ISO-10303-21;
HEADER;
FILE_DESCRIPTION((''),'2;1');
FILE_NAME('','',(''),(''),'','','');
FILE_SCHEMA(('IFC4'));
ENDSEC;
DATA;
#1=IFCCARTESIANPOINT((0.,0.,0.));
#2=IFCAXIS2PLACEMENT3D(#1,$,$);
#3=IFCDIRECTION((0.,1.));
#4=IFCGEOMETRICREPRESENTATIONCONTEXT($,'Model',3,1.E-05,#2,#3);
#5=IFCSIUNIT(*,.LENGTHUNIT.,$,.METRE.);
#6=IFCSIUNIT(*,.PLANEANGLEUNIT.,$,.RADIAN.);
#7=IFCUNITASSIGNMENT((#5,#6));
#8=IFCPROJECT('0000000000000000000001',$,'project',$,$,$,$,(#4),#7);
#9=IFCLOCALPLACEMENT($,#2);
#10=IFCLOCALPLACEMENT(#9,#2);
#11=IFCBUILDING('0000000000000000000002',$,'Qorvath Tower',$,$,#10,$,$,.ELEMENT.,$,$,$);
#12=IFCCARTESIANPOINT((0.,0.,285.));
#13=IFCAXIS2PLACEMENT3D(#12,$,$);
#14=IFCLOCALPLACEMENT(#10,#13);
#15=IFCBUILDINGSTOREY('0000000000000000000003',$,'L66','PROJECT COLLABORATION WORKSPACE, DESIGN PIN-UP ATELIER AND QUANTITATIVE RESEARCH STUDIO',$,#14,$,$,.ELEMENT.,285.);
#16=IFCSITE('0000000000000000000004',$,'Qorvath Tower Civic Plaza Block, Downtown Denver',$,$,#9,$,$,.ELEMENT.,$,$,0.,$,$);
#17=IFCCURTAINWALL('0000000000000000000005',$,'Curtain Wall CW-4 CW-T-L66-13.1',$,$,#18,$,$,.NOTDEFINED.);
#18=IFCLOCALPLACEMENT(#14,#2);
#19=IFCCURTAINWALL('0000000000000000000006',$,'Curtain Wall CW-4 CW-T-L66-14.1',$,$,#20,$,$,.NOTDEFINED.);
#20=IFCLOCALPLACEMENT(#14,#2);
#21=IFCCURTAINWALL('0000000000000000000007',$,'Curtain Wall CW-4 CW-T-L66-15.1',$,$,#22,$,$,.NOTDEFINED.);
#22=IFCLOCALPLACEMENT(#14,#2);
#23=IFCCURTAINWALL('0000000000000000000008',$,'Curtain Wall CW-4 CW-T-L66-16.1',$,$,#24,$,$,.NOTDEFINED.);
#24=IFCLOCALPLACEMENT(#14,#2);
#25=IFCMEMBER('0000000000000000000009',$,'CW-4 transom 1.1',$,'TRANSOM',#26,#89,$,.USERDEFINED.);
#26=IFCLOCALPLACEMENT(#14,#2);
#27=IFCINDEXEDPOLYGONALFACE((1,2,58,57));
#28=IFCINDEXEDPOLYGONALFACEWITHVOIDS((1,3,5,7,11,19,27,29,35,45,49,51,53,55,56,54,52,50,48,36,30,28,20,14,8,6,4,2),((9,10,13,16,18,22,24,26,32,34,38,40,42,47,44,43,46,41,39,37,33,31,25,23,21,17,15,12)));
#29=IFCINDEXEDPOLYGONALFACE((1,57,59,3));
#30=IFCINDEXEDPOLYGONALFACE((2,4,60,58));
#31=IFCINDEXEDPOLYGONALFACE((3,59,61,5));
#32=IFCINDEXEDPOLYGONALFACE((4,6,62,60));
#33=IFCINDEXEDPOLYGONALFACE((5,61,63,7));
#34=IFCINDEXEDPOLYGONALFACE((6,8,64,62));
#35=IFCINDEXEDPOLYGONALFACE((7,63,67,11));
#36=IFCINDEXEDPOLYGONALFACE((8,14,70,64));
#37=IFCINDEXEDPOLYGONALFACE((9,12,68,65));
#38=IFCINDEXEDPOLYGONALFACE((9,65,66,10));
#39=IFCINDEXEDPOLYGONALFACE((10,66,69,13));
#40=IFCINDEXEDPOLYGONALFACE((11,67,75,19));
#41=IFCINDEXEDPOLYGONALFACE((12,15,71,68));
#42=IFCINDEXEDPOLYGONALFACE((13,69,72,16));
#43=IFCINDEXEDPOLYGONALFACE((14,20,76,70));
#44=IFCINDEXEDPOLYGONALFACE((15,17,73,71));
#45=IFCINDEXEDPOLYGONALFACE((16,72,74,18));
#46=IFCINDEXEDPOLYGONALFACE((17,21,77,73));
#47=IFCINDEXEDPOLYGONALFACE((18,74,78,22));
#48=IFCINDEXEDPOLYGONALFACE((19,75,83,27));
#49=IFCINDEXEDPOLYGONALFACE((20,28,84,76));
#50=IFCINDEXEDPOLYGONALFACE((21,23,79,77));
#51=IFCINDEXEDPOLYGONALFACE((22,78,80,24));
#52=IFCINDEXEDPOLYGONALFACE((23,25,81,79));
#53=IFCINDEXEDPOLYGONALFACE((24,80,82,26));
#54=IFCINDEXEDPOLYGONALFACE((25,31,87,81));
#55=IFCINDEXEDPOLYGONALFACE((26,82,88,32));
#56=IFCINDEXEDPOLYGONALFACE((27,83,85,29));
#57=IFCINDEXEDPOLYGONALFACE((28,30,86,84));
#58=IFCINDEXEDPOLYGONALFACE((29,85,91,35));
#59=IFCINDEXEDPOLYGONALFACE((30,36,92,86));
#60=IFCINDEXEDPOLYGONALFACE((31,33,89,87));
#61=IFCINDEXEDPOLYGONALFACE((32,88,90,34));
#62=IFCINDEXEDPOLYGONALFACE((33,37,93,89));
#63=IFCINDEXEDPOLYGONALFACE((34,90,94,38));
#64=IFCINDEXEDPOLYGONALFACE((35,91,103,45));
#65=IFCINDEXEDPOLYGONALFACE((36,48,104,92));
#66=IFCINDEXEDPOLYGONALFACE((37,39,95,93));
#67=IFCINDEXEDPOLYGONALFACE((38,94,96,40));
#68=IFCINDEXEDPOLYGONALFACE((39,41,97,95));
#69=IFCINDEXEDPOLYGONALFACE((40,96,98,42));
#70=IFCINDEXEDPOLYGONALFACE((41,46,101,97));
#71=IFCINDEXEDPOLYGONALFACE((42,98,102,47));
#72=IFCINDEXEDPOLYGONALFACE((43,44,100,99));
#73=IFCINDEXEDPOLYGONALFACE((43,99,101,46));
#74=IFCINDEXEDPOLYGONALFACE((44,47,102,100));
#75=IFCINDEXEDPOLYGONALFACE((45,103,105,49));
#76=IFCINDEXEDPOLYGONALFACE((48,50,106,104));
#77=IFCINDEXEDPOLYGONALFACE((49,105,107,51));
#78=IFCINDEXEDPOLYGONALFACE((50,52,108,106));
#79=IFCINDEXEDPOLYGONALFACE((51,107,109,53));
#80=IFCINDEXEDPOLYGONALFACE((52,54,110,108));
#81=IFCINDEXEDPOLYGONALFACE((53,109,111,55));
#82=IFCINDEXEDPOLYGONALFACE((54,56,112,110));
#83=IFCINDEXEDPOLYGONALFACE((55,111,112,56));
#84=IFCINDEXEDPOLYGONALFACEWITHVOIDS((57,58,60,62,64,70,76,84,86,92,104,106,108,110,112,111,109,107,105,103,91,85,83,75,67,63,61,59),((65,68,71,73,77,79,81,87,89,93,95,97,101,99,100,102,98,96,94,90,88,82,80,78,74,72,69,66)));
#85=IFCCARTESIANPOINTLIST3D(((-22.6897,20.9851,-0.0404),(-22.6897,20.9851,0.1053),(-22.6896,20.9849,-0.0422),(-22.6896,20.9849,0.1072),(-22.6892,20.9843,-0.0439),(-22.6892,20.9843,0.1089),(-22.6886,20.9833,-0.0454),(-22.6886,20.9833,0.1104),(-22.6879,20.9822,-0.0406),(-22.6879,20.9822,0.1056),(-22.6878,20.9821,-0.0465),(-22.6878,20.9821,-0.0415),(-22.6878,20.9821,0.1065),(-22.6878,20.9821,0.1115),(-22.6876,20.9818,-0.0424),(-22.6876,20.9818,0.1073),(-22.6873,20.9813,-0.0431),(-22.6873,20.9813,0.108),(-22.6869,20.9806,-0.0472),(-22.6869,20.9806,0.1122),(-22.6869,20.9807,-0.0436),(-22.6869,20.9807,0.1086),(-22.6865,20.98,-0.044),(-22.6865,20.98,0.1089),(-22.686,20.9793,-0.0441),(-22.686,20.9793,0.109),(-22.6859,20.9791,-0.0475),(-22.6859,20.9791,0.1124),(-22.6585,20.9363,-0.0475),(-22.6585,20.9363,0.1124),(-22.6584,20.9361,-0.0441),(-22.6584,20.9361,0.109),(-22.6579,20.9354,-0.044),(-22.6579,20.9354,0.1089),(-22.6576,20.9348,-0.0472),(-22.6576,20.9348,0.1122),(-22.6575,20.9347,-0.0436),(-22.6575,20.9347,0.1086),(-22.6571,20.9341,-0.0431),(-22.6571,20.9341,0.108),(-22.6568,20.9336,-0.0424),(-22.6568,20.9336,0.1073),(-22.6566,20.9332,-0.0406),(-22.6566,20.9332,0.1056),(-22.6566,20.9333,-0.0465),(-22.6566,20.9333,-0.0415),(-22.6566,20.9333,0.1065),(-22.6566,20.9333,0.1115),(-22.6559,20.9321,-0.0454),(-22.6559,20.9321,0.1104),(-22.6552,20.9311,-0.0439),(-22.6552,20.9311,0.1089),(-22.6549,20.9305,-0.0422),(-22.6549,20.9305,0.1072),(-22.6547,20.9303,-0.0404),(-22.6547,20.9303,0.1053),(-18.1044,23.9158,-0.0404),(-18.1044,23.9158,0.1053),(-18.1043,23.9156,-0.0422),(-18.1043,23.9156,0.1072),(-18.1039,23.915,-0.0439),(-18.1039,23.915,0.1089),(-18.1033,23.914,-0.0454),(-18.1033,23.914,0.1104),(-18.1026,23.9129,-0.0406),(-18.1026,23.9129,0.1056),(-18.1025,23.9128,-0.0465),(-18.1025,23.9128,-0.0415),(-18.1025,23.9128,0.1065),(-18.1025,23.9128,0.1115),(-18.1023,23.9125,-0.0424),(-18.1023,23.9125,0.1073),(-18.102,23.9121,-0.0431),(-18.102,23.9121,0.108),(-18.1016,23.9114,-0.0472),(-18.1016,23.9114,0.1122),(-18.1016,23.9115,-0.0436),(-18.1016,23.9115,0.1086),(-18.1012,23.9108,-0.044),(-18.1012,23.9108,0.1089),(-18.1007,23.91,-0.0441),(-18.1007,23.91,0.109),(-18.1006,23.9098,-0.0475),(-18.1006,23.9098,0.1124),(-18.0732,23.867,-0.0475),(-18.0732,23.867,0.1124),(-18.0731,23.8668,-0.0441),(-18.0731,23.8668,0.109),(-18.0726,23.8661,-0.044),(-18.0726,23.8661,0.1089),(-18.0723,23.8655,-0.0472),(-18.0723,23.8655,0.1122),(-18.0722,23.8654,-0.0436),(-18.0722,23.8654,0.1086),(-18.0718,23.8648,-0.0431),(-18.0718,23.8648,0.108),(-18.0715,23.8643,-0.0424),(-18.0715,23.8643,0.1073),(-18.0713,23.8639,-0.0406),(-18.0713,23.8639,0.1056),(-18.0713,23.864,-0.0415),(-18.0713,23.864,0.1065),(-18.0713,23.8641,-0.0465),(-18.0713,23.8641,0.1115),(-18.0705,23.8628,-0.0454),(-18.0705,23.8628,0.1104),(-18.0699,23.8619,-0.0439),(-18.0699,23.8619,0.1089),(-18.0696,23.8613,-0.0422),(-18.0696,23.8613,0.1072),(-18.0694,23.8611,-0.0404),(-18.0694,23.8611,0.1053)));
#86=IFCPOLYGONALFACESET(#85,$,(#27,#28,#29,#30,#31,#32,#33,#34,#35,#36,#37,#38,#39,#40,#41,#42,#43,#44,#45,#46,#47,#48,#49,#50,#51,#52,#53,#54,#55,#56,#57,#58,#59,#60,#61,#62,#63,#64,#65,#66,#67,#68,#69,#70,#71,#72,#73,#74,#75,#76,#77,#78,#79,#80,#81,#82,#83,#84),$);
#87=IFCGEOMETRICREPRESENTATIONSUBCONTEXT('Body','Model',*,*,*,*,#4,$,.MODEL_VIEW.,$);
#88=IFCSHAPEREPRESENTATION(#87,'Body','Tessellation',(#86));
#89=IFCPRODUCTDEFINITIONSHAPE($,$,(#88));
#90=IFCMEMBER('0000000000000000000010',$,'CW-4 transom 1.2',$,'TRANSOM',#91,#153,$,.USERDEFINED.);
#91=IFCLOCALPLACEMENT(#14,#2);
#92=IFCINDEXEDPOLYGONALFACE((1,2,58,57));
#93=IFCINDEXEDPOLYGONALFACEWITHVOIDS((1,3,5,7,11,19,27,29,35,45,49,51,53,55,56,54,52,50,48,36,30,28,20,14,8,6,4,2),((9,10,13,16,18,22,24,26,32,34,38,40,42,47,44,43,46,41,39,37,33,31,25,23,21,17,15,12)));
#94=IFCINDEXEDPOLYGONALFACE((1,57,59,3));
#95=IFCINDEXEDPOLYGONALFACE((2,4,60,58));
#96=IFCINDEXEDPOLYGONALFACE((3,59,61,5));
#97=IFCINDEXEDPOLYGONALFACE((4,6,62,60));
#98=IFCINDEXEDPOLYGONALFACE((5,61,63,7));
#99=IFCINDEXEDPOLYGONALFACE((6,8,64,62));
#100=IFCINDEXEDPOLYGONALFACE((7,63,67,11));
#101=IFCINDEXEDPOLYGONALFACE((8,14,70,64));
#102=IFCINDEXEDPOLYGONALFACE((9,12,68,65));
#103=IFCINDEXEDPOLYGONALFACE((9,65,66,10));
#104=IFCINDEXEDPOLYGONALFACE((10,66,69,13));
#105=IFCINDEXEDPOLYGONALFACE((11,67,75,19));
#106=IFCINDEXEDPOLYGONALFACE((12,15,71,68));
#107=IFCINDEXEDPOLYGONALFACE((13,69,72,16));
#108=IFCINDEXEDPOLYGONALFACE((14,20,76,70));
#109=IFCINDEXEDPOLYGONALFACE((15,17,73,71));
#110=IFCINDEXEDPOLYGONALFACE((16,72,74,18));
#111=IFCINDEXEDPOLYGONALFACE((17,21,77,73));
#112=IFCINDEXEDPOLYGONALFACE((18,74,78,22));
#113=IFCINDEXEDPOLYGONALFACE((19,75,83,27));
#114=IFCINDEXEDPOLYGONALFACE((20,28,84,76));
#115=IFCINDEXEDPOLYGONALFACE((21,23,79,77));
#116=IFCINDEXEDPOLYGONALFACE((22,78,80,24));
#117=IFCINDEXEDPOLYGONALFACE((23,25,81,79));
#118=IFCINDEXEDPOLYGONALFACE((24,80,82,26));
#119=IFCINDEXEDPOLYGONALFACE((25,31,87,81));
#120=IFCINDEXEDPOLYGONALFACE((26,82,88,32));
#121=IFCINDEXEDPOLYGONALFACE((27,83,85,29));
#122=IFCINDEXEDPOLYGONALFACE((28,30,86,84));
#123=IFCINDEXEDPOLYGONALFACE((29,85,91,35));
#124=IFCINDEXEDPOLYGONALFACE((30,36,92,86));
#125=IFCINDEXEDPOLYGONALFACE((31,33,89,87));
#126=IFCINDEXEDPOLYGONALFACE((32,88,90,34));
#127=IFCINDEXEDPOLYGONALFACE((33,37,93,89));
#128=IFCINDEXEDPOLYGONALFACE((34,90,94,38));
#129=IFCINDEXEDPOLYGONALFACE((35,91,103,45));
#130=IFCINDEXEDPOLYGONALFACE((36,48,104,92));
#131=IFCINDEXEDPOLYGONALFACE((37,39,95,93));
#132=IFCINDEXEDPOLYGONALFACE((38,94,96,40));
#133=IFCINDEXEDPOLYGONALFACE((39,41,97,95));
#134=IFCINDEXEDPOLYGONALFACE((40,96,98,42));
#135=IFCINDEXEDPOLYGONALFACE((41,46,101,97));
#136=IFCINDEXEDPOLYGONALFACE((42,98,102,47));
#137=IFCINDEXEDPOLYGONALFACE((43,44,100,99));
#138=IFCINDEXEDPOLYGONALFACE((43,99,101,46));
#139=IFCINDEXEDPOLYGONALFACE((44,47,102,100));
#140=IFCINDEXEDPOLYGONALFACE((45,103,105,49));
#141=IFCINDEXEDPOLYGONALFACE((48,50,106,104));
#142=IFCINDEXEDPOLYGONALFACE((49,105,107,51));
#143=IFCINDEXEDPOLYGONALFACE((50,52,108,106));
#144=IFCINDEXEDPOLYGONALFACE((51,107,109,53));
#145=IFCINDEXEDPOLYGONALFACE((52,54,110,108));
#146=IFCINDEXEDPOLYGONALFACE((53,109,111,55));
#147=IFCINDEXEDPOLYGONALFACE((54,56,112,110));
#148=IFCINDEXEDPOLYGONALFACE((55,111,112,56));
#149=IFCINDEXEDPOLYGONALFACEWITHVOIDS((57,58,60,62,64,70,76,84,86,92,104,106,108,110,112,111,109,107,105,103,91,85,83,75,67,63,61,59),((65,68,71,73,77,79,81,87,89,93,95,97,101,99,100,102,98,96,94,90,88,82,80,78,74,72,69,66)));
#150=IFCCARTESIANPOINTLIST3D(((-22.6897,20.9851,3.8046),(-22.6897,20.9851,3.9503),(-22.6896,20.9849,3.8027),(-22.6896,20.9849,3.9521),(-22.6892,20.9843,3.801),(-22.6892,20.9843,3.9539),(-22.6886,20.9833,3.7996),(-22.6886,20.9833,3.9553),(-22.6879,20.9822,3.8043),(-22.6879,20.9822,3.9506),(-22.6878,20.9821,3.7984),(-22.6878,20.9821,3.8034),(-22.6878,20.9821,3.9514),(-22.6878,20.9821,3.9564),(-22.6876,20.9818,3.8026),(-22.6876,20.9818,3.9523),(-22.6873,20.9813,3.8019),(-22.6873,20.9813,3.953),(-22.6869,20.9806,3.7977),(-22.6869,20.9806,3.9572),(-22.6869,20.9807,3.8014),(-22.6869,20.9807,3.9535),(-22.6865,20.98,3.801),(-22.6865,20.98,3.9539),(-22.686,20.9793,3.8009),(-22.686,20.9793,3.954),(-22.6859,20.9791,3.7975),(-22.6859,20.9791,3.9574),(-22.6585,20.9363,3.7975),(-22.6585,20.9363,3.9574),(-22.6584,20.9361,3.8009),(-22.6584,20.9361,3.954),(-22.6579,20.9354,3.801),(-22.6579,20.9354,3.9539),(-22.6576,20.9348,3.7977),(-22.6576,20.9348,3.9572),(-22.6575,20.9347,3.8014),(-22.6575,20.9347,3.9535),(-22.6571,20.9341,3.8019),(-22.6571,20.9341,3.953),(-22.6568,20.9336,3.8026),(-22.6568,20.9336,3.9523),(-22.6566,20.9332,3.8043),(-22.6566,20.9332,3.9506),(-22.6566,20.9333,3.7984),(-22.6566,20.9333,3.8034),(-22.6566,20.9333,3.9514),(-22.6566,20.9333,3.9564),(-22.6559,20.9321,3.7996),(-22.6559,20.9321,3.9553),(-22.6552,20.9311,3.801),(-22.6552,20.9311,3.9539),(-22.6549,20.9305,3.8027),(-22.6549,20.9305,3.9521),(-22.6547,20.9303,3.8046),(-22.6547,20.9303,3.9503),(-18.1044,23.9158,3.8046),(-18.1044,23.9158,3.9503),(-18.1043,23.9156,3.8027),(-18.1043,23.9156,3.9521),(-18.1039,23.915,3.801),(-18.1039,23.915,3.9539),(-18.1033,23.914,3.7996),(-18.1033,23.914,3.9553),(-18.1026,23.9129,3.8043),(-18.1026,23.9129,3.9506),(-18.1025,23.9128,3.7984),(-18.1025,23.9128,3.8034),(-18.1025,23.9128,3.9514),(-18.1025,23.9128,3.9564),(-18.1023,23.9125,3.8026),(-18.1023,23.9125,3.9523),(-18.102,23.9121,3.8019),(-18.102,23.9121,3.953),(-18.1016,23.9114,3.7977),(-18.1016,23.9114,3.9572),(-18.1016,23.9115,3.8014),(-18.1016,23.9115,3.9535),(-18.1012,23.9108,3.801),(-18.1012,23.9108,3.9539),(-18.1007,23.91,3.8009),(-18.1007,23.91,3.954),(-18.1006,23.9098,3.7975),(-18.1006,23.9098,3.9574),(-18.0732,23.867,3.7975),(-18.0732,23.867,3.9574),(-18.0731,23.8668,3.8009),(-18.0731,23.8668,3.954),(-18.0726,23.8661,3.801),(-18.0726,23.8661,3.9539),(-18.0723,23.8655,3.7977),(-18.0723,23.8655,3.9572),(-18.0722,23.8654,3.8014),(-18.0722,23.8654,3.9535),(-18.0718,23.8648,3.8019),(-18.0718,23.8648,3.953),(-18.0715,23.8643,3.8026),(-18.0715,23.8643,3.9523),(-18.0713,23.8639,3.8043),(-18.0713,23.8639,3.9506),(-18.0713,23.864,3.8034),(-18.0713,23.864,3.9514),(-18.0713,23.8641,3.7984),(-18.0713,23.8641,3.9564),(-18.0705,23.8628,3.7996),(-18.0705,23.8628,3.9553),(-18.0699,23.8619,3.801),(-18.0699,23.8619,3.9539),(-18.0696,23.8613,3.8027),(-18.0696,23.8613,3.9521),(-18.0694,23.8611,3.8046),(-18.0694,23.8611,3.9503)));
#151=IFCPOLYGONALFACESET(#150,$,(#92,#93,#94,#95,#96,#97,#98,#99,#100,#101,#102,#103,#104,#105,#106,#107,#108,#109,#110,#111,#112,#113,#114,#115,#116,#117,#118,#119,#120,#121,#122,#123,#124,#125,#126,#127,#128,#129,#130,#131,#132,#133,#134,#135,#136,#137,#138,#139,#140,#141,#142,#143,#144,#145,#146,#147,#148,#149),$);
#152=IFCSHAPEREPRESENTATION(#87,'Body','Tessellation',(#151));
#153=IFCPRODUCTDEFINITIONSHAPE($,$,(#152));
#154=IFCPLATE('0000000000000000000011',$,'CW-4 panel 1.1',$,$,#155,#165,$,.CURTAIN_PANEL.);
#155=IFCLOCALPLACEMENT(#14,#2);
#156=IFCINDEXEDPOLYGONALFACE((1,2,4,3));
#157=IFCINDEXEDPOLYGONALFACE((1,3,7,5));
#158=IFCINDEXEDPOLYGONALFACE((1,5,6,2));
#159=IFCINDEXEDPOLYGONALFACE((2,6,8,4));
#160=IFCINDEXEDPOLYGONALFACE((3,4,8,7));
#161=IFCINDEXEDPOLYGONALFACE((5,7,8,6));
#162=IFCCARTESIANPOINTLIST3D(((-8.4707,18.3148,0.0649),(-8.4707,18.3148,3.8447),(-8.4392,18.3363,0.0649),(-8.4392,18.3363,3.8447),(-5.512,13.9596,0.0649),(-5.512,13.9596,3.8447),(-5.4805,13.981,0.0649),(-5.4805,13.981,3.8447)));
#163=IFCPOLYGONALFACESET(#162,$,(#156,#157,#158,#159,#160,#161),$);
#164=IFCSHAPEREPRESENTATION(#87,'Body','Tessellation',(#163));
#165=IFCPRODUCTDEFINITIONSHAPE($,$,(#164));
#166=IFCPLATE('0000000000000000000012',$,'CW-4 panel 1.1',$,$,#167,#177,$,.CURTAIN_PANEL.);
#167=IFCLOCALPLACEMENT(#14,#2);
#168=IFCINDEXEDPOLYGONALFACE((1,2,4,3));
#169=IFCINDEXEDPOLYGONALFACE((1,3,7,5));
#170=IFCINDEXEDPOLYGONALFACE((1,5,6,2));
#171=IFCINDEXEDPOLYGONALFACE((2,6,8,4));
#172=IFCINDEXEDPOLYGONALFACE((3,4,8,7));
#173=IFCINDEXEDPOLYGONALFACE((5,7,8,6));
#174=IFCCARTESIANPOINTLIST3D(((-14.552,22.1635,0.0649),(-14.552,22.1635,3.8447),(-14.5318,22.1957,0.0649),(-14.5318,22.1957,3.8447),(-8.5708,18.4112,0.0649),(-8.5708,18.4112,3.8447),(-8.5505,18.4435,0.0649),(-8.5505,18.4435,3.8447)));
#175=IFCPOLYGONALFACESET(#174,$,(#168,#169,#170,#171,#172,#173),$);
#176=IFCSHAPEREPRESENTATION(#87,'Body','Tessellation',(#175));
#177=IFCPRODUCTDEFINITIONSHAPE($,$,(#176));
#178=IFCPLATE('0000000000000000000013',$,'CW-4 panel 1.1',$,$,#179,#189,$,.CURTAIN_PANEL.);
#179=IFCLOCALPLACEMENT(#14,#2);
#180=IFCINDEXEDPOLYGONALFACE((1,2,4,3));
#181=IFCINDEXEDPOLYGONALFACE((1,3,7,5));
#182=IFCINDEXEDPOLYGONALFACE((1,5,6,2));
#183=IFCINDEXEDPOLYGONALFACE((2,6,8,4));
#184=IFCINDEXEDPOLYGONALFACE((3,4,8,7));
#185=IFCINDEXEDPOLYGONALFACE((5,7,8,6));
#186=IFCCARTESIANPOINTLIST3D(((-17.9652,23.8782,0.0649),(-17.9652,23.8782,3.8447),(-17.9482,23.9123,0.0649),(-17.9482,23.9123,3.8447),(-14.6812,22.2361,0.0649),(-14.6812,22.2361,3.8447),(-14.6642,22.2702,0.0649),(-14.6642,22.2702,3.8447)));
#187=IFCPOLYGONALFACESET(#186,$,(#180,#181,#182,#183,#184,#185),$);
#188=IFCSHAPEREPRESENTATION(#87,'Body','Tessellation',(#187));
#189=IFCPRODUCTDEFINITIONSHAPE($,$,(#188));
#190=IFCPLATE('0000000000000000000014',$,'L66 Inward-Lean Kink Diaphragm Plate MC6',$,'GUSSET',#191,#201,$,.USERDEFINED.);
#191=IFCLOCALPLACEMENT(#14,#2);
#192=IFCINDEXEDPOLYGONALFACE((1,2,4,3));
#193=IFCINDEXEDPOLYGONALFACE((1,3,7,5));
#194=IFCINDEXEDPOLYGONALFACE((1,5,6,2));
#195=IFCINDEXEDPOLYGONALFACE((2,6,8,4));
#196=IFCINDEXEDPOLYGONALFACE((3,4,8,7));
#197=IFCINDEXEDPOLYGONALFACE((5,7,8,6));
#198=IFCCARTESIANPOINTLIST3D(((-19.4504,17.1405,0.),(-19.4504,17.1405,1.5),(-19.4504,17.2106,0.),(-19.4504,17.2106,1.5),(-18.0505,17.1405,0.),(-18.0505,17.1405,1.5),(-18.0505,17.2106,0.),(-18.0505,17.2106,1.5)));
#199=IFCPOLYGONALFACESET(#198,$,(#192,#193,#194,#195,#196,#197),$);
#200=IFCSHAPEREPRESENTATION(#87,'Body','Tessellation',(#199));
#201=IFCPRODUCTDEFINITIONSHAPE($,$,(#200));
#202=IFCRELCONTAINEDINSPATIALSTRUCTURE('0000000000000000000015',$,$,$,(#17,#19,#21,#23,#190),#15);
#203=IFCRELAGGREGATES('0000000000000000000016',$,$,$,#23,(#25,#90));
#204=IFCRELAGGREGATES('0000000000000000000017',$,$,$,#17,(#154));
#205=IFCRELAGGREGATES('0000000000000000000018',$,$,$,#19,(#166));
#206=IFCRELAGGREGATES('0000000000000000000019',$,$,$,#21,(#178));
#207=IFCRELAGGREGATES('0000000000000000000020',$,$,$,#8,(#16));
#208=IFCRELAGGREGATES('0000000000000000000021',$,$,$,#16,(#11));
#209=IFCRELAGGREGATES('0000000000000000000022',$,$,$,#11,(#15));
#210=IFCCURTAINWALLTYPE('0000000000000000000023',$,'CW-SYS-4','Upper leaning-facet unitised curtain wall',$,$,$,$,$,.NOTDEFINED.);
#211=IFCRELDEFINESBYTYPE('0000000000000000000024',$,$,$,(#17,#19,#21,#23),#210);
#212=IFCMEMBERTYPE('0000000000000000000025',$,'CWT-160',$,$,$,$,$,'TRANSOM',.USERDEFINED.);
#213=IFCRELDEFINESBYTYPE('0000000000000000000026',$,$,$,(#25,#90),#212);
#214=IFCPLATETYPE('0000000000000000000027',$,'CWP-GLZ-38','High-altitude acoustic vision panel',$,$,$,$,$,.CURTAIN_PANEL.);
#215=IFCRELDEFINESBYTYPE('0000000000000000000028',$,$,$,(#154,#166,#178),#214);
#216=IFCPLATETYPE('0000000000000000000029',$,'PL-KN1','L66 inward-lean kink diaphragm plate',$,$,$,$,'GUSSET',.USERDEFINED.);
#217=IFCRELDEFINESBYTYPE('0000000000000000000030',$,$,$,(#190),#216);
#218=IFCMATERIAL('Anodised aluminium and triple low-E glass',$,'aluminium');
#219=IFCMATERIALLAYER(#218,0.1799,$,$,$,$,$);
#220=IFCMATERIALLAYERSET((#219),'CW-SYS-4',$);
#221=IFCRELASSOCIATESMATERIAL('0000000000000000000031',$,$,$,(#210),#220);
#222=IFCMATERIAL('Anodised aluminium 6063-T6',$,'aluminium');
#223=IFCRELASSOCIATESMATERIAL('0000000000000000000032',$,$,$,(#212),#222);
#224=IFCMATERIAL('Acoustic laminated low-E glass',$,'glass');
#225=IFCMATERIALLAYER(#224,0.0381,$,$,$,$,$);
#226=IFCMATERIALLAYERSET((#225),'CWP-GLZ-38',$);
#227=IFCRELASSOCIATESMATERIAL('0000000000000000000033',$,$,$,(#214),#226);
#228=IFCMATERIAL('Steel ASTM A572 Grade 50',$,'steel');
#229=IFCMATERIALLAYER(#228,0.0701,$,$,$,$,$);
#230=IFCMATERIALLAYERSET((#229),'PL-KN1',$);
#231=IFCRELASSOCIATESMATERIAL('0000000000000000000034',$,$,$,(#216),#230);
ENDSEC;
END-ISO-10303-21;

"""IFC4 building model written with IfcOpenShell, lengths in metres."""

from ifc_helpers import new_model, si_unit, direction, frame, origin, origin_2d, place, context, subcontext, project, spatial, rectangle, hollow_rectangle, extrude, material, layer, layer_set, material_profile, profile_set, type_object, element, aggregate, save


model = new_model("IFC4")

# Units and contexts
model_context = context("Model", 3, precision=1e-05, world=origin(), true_north=direction((0.0, 1.0)))
body_context = subcontext(model_context, "Body", "Model", "MODEL_VIEW")
ifc_project = project(units=[si_unit("LENGTHUNIT", "METRE"), si_unit("PLANEANGLEUNIT", "RADIAN")], contexts=[model_context])

# Site, building, storey
site_placement = place(None, origin())
site = spatial("IfcSite", under=ifc_project, at=site_placement, Name="Qorvath Tower Civic Plaza Block, Downtown Denver", CompositionType="ELEMENT", RefElevation=0.0)
building_placement = place(site_placement, origin())
building = spatial("IfcBuilding", under=site, at=building_placement, Name="Qorvath Tower", CompositionType="ELEMENT")
storey_placement = place(building_placement, frame((0.0, 0.0, 285.0)))
storey = spatial("IfcBuildingStorey", under=building, at=storey_placement, Name="L66", Description="PROJECT COLLABORATION WORKSPACE, DESIGN PIN-UP ATELIER AND QUANTITATIVE RESEARCH STUDIO", CompositionType="ELEMENT", Elevation=285.0)

# Shared definitions
ifc_material_1 = material(Name="Anodised aluminium and triple low-E glass", Category="aluminium")
ifc_layer_1 = layer(ifc_material_1, 0.1799)
ifc_layer_set_1 = layer_set([ifc_layer_1], Name="CW-SYS-4")
curtain_wall_type = type_object("IfcCurtainWallType", Name="CW-SYS-4", Description="Upper leaning-facet unitised curtain wall", PredefinedType="NOTDEFINED", material=ifc_layer_set_1)

# Curtain walls
curtain_wall_1_placement = place(storey_placement, origin())
curtain_wall_1 = element("IfcCurtainWall", 1, at=curtain_wall_1_placement, inside=storey, type_object=curtain_wall_type, Name="Curtain Wall CW-4 CW-T-L66-13.1", PredefinedType="NOTDEFINED")
curtain_wall_2_placement = place(storey_placement, origin())
curtain_wall_2 = element("IfcCurtainWall", 2, at=curtain_wall_2_placement, inside=storey, type_object=curtain_wall_type, Name="Curtain Wall CW-4 CW-T-L66-14.1", PredefinedType="NOTDEFINED")
curtain_wall_3_placement = place(storey_placement, origin())
curtain_wall_3 = element("IfcCurtainWall", 3, at=curtain_wall_3_placement, inside=storey, type_object=curtain_wall_type, Name="Curtain Wall CW-4 CW-T-L66-15.1", PredefinedType="NOTDEFINED")

# Curtain wall
curtain_wall_4_placement = place(storey_placement, origin())
curtain_wall_4 = element("IfcCurtainWall", 4, at=curtain_wall_4_placement, inside=storey, type_object=curtain_wall_type, Name="Curtain Wall CW-4 CW-T-L66-16.1", PredefinedType="NOTDEFINED")

# Members
ifc_material_2 = material(Name="Anodised aluminium 6063-T6", Category="aluminium")
ifc_material_profile_1 = material_profile(ifc_material_2, hollow_rectangle(XDim=0.0649, YDim=0.1599, WallThickness=0.0034, InnerFilletRadius=0.0034, OuterFilletRadius=0.0071, at=origin_2d()), Name="CWT 160x65")
ifc_profile_set_1 = profile_set([ifc_material_profile_1], Name="Anodised aluminium 6063-T6")
member_type_1 = type_object("IfcMemberType", Name="CWT-160", ElementType="TRANSOM", PredefinedType="USERDEFINED", material=ifc_profile_set_1)
member_1_placement = place(storey_placement, frame((-18.0869, 23.8884, 0.0325), z_axis=(-0.842594, -0.538549, 0.0), x_axis=(0.538549, -0.842594, 0.0)))
member_1 = element("IfcMember", 5, at=member_1_placement, type_object=member_type_1, Name="CW-4 transom 1.1", ObjectType="TRANSOM", PredefinedType="USERDEFINED", context=body_context, shape_type="SweptSolid", body=[
    extrude(hollow_rectangle(XDim=0.0649, YDim=0.1599, WallThickness=0.0034, InnerFilletRadius=0.0034, OuterFilletRadius=0.0071, at=origin_2d()), origin(), (0.0, 0.0, 1.0), 5.4419),
])
member_2_placement = place(storey_placement, frame((-18.0869, 23.8884, 3.8774), z_axis=(-0.842594, -0.538549, 0.0), x_axis=(0.538549, -0.842594, 0.0)))
member_2 = element("IfcMember", 6, at=member_2_placement, type_object=member_type_1, Name="CW-4 transom 1.2", ObjectType="TRANSOM", PredefinedType="USERDEFINED", context=body_context, shape_type="SweptSolid", body=[
    extrude(hollow_rectangle(XDim=0.0649, YDim=0.1599, WallThickness=0.0034, InnerFilletRadius=0.0034, OuterFilletRadius=0.0071, at=origin_2d()), origin(), (0.0, 0.0, 1.0), 5.4419),
])
aggregate(curtain_wall_4, [member_1, member_2])

# Plates
ifc_material_3 = material(Name="Acoustic laminated low-E glass", Category="glass")
ifc_layer_2 = layer(ifc_material_3, 0.0381)
ifc_layer_set_2 = layer_set([ifc_layer_2], Name="CWP-GLZ-38")
plate_type_1 = type_object("IfcPlateType", Name="CWP-GLZ-38", Description="High-altitude acoustic vision panel", PredefinedType="CURTAIN_PANEL", material=ifc_layer_set_2)
plate_1_placement = place(storey_placement, frame((-6.9756, 16.1479, 0.0649), z_axis=(0.0, 0.0, 1.0), x_axis=(-0.561941, 0.827177, 0.0)))
plate_1 = element("IfcPlate", 7, at=plate_1_placement, type_object=plate_type_1, Name="CW-4 panel 1.1", PredefinedType="CURTAIN_PANEL", context=body_context, shape_type="SweptSolid", body=[
    extrude(rectangle(XDim=5.2651, YDim=0.0381, at=origin_2d()), origin(), (0.0, 0.0, 1.0), 3.7798),
])
aggregate(curtain_wall_1, [plate_1])
plate_2_placement = place(storey_placement, frame((-11.5513, 20.3035, 0.0649), z_axis=(0.0, 0.0, 1.0), x_axis=(-0.847109, 0.531419, 0.0)))
plate_2 = element("IfcPlate", 8, at=plate_2_placement, type_object=plate_type_1, Name="CW-4 panel 1.1", PredefinedType="CURTAIN_PANEL", context=body_context, shape_type="SweptSolid", body=[
    extrude(rectangle(XDim=7.0608, YDim=0.0381, at=origin_2d()), origin(), (0.0, 0.0, 1.0), 3.7798),
])
aggregate(curtain_wall_2, [plate_2])
plate_3_placement = place(storey_placement, frame((-16.3147, 23.0742, 0.0649), z_axis=(0.0, 0.0, 1.0), x_axis=(-0.894417, 0.447235, 0.0)))
plate_3 = element("IfcPlate", 9, at=plate_3_placement, type_object=plate_type_1, Name="CW-4 panel 1.1", PredefinedType="CURTAIN_PANEL", context=body_context, shape_type="SweptSolid", body=[
    extrude(rectangle(XDim=3.6716, YDim=0.0381, at=origin_2d()), origin(), (0.0, 0.0, 1.0), 3.7798),
])
aggregate(curtain_wall_3, [plate_3])
ifc_material_4 = material(Name="Steel ASTM A572 Grade 50", Category="steel")
ifc_layer_3 = layer(ifc_material_4, 0.0701)
ifc_layer_set_3 = layer_set([ifc_layer_3], Name="PL-KN1")
plate_type_2 = type_object("IfcPlateType", Name="PL-KN1", Description="L66 inward-lean kink diaphragm plate", ElementType="GUSSET", PredefinedType="USERDEFINED", material=ifc_layer_set_3)
plate_4_placement = place(storey_placement, frame((-18.7505, 17.1755, 0.0), z_axis=(0.0, 0.0, 1.0), x_axis=(1.0, 0.0, 0.0)))
element("IfcPlate", 10, at=plate_4_placement, inside=storey, type_object=plate_type_2, Name="L66 Inward-Lean Kink Diaphragm Plate MC6", ObjectType="GUSSET", PredefinedType="USERDEFINED", context=body_context, shape_type="SweptSolid", body=[
    extrude(rectangle(XDim=1.3999, YDim=0.0701, at=origin_2d()), origin(), (0.0, 0.0, 1.0), 1.5),
])

save(model, "model.ifc")
